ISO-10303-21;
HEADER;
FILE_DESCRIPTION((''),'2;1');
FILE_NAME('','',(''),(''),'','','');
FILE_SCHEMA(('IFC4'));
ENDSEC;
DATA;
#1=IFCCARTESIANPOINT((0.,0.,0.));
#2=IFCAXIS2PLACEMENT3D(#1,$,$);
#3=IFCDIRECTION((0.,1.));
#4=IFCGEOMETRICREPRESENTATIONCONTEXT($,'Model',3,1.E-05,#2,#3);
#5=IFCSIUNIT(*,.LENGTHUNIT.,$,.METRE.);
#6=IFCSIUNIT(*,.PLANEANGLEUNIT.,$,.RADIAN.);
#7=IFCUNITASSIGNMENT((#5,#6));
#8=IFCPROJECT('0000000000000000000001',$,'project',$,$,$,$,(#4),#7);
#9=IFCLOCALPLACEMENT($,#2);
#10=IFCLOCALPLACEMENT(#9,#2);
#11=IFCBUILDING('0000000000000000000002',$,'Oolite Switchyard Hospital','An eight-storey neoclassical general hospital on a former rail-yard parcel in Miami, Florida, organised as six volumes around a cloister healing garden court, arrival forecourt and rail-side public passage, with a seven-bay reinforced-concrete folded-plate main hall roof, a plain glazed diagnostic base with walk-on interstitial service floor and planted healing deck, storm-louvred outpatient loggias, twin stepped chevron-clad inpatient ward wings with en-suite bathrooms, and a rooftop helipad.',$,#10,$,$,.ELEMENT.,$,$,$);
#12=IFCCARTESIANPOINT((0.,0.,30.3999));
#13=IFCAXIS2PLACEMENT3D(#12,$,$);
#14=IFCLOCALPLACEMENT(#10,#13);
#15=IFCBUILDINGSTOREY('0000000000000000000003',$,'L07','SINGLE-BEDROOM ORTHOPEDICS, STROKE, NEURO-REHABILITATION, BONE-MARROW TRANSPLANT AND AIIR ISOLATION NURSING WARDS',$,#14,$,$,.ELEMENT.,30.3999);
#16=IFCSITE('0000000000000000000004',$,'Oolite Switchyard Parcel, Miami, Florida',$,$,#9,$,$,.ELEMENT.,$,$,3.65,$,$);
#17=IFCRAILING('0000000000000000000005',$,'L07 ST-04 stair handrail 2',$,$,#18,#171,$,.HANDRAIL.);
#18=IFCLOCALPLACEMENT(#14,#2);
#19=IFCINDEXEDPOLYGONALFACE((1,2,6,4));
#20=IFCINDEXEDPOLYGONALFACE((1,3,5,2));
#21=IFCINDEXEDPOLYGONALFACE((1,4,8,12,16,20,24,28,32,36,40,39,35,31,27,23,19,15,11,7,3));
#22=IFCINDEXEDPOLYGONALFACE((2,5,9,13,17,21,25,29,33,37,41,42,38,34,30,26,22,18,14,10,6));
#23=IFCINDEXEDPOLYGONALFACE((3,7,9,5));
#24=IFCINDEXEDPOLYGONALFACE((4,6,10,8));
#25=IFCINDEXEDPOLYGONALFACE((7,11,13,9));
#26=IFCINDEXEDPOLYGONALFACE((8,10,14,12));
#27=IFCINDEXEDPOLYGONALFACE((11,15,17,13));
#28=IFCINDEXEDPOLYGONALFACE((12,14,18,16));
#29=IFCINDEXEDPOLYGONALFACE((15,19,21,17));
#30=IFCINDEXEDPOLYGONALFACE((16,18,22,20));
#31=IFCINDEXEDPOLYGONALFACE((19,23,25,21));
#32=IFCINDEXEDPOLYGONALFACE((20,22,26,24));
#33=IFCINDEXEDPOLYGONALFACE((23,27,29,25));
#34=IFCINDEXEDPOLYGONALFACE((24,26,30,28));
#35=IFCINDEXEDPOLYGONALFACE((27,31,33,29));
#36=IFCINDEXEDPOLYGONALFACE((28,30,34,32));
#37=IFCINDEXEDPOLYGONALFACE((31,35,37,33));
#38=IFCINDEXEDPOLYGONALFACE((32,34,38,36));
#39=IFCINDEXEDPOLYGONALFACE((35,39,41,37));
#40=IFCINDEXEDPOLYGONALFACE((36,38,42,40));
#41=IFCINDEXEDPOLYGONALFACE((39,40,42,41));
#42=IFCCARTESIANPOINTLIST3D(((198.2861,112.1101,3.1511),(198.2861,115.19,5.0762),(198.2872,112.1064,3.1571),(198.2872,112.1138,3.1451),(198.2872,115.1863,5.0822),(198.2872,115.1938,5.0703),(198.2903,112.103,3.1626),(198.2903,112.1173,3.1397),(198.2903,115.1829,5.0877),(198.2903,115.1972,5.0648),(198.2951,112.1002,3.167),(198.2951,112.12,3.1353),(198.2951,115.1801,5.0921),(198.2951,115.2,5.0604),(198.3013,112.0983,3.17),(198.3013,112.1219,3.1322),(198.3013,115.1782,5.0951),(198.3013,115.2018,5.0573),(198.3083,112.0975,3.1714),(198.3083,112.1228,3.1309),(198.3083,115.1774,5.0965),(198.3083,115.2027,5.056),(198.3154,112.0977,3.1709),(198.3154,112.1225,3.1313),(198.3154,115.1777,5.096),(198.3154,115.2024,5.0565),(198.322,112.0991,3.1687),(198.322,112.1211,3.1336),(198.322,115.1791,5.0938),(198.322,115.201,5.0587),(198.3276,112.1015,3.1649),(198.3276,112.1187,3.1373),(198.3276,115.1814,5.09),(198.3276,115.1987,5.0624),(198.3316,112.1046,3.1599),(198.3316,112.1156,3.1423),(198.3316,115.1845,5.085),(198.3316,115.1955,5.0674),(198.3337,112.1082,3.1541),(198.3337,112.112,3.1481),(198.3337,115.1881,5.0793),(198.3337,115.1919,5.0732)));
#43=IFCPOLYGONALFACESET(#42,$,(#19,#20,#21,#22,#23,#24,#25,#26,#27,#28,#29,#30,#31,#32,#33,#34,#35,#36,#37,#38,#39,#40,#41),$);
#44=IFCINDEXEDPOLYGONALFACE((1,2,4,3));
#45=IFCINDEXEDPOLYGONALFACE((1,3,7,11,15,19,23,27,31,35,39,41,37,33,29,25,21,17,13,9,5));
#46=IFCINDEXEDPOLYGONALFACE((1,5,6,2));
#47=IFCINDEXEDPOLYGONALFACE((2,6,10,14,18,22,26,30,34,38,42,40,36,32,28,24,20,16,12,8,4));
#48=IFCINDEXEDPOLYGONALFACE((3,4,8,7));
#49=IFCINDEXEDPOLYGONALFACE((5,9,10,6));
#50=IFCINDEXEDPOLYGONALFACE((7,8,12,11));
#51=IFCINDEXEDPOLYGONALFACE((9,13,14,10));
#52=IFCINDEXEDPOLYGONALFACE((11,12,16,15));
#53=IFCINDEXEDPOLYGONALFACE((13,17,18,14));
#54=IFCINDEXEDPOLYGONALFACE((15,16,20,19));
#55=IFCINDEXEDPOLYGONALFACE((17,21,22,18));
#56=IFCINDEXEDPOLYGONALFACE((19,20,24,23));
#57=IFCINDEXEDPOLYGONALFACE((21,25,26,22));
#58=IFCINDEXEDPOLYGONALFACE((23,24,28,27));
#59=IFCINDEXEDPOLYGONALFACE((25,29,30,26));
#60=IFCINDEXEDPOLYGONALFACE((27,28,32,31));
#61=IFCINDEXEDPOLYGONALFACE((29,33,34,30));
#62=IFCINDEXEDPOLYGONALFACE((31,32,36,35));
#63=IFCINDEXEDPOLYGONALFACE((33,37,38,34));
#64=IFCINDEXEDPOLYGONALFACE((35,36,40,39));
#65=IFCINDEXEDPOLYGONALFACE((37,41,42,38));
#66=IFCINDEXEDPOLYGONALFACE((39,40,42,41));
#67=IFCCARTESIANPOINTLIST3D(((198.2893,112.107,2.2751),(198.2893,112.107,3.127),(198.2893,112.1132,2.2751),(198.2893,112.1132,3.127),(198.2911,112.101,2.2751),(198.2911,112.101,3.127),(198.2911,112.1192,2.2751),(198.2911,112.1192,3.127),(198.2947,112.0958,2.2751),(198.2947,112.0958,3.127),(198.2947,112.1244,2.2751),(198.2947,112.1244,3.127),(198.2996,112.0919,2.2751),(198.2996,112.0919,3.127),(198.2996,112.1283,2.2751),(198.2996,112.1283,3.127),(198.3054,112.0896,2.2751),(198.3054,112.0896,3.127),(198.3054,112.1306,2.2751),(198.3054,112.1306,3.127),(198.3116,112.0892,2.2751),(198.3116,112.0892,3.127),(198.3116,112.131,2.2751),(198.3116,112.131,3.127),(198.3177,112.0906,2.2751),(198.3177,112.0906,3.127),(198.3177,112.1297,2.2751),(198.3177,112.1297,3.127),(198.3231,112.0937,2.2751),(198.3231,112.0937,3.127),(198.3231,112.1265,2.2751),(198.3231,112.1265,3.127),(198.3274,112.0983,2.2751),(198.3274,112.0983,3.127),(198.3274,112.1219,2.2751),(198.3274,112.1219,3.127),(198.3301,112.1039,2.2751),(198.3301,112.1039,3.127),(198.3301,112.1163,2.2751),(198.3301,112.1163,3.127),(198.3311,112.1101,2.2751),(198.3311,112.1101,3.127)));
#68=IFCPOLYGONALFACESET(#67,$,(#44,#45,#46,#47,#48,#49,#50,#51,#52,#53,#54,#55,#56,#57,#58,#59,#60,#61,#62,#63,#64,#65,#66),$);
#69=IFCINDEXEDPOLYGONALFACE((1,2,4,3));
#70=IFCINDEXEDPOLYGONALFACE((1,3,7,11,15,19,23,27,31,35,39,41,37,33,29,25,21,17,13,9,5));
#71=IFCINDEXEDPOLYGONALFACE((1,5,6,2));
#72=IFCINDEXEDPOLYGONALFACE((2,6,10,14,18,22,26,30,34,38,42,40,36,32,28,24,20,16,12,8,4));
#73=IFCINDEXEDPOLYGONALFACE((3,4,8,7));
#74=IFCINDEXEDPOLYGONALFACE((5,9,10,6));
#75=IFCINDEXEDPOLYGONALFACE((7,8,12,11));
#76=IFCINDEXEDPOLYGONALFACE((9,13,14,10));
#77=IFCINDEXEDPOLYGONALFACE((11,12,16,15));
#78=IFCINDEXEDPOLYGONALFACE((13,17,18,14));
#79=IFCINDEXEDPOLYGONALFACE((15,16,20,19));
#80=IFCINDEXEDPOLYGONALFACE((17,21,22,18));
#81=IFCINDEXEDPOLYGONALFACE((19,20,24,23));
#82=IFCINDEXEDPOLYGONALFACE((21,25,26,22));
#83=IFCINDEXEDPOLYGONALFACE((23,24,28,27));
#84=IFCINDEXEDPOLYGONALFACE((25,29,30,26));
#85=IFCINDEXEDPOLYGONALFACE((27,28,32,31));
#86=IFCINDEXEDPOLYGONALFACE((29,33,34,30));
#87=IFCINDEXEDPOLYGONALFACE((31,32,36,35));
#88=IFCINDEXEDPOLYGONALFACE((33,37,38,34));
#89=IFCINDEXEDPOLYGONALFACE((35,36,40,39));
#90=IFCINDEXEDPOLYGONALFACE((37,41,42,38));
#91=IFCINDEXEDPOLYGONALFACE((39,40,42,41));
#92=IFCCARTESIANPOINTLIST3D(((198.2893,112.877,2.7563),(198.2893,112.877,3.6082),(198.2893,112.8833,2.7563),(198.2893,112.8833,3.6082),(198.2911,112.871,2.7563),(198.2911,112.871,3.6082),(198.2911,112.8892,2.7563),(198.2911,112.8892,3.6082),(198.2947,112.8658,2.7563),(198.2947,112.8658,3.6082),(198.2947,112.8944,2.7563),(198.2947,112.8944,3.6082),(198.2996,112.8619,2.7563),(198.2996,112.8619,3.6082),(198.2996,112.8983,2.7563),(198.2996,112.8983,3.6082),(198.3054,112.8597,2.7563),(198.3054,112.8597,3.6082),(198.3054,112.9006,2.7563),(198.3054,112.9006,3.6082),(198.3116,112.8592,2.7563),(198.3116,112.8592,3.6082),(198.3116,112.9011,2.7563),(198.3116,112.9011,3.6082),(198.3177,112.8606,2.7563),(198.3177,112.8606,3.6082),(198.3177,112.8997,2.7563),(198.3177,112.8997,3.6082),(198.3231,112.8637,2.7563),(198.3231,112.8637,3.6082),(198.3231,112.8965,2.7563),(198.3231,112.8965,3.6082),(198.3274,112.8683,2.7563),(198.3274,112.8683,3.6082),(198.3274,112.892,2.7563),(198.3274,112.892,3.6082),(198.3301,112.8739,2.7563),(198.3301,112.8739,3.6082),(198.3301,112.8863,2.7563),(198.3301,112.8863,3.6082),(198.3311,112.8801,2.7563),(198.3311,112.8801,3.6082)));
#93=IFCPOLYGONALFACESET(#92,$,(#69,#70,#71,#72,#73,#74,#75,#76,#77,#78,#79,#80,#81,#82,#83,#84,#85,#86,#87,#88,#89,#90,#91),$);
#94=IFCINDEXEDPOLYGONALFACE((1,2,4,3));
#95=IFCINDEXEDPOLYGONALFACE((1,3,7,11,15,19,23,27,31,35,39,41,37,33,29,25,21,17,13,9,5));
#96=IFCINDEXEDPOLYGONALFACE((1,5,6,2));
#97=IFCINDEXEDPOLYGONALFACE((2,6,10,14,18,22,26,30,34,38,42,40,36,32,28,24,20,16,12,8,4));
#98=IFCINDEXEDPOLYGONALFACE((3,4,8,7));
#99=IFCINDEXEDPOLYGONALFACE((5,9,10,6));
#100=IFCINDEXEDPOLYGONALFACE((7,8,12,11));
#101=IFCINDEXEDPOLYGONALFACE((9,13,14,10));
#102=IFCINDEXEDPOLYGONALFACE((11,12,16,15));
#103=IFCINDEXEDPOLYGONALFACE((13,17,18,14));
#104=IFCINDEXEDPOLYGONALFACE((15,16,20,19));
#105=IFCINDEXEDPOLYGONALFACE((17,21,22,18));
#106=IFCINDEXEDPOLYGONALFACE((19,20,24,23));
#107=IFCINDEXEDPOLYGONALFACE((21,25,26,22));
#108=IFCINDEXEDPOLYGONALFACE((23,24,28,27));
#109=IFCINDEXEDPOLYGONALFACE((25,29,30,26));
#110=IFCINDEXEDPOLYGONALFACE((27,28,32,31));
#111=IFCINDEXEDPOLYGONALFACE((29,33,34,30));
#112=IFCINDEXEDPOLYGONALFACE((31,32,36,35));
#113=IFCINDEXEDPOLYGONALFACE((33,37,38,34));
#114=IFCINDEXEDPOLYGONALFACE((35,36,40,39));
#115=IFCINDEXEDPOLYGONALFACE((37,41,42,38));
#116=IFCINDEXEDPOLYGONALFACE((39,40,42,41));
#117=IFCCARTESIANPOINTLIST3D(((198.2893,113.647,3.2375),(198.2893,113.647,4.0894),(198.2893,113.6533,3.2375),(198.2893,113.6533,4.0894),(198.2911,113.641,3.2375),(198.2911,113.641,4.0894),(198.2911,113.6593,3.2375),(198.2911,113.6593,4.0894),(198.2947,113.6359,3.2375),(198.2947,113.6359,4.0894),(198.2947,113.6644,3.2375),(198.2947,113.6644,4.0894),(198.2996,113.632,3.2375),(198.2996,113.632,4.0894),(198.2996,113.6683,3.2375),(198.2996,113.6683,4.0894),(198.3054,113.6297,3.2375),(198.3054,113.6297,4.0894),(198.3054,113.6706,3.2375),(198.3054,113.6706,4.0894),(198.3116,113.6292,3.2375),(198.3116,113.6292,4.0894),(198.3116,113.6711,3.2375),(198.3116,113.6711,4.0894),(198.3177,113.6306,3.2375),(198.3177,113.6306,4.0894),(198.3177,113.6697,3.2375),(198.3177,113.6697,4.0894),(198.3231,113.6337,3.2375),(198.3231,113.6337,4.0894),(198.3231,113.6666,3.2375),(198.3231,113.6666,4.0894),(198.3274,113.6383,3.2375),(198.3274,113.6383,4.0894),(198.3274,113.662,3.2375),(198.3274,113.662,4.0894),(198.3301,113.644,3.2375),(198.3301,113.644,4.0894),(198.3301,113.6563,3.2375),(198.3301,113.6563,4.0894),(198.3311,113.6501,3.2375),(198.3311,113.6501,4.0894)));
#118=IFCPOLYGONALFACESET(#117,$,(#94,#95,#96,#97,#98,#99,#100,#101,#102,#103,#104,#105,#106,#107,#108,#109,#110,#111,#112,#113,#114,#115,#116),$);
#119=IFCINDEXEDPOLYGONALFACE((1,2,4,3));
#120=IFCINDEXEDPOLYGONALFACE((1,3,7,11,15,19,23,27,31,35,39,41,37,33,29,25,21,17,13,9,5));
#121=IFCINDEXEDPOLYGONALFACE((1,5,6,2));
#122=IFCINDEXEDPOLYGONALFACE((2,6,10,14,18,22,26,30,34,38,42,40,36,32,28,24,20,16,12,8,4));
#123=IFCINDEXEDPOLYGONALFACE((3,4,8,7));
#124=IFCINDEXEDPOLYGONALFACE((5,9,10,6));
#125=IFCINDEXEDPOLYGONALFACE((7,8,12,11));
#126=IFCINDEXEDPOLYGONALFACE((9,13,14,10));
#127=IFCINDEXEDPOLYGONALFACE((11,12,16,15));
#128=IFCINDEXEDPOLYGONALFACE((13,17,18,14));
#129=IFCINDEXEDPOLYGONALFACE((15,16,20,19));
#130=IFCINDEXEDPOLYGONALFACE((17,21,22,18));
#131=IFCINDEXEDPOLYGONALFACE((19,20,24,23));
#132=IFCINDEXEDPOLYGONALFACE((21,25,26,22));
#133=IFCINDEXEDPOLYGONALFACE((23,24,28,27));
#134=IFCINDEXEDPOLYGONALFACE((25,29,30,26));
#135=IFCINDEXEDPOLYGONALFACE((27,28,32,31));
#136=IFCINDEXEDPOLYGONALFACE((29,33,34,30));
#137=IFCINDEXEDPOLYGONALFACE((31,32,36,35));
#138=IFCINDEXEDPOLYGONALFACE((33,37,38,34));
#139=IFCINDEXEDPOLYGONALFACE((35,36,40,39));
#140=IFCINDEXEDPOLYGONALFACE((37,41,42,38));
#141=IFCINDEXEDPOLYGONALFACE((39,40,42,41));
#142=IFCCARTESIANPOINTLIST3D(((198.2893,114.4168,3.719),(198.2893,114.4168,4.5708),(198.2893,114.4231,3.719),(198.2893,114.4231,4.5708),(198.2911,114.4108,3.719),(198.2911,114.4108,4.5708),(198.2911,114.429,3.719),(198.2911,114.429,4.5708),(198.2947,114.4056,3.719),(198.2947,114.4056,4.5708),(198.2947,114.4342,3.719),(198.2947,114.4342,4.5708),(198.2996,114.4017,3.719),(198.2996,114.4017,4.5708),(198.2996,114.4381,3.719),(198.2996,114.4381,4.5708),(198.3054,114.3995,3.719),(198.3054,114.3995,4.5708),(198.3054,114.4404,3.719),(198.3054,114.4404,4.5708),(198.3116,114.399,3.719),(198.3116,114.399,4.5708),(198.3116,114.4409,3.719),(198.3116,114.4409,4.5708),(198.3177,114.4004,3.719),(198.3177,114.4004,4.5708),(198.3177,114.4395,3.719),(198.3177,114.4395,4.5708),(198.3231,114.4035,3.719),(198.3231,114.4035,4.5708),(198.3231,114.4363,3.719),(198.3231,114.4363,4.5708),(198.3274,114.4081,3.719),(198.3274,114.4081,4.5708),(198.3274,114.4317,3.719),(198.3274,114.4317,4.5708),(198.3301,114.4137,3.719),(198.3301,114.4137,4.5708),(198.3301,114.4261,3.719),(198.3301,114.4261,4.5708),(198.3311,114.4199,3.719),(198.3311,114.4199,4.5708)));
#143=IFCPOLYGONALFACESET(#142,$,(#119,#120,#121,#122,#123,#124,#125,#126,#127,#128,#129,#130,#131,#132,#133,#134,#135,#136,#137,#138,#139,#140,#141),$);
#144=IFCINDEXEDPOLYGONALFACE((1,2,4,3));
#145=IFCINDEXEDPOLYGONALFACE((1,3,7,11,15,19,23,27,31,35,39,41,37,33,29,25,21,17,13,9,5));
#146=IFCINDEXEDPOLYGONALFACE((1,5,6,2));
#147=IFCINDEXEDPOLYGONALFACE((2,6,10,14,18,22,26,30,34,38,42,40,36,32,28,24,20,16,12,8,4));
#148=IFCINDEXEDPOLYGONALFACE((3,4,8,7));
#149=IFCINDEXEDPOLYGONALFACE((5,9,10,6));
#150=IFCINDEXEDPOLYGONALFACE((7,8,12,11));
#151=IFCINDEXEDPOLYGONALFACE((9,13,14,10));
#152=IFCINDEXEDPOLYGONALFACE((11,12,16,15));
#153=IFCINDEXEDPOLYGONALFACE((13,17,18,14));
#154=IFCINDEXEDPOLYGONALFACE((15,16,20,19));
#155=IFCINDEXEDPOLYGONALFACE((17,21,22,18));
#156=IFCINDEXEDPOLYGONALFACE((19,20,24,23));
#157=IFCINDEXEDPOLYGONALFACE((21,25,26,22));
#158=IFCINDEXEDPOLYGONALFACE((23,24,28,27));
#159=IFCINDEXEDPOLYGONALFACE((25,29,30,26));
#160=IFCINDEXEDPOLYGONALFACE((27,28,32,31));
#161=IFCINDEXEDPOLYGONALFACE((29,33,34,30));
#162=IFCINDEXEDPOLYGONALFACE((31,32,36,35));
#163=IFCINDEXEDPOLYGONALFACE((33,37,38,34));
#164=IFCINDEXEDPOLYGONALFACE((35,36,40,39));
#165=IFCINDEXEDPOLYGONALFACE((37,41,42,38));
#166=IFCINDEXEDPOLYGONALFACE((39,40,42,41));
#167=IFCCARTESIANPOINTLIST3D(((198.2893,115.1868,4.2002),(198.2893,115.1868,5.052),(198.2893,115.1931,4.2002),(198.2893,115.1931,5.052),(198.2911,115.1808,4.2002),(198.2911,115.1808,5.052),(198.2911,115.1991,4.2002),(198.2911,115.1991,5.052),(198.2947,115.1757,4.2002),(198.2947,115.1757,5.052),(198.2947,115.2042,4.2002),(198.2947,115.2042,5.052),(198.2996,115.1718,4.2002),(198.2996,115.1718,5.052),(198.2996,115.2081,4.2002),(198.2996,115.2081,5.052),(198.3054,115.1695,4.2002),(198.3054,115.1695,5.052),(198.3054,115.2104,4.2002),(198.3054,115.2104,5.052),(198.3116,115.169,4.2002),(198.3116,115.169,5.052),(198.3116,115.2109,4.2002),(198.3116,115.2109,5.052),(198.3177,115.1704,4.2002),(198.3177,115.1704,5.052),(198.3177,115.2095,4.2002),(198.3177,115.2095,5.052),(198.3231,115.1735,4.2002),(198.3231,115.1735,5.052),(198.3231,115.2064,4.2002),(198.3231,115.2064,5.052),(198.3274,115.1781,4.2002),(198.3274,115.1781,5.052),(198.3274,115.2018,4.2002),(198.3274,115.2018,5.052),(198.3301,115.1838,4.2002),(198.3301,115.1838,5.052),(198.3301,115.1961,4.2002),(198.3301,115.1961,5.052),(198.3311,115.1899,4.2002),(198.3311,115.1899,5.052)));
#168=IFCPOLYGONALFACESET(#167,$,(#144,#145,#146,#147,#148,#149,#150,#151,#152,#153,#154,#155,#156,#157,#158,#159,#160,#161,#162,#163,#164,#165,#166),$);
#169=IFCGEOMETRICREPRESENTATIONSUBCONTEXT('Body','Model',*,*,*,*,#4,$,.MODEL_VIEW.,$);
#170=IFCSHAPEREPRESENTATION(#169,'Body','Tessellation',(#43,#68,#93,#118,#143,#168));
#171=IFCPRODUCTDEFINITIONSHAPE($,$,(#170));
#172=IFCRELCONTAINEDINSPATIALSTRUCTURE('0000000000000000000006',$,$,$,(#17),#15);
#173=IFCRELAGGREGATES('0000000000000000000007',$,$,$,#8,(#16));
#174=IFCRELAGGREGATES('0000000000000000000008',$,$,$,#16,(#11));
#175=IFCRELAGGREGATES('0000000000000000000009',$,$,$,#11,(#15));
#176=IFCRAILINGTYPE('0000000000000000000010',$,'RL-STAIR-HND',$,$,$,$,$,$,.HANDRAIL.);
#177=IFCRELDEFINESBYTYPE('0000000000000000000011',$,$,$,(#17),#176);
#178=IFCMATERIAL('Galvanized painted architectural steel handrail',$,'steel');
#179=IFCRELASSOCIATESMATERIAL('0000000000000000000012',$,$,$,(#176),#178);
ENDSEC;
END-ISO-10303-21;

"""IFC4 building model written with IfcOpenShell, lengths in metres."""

from ifc_helpers import new_model, si_unit, direction, frame, origin, origin_2d, place, context, subcontext, project, spatial, circle, extrude, material, type_object, element, save


model = new_model("IFC4")

# Units and contexts
model_context = context("Model", 3, precision=1e-05, world=origin(), true_north=direction((0.0, 1.0)))
body_context = subcontext(model_context, "Body", "Model", "MODEL_VIEW")
ifc_project = project(units=[si_unit("LENGTHUNIT", "METRE"), si_unit("PLANEANGLEUNIT", "RADIAN")], contexts=[model_context])

# Site, building, storey
site_placement = place(None, origin())
site = spatial("IfcSite", under=ifc_project, at=site_placement, Name="Oolite Switchyard Parcel, Miami, Florida", CompositionType="ELEMENT", RefElevation=3.65)
building_placement = place(site_placement, origin())
building = spatial("IfcBuilding", under=site, at=building_placement, Name="Oolite Switchyard Hospital", Description="An eight-storey neoclassical general hospital on a former rail-yard parcel in Miami, Florida, organised as six volumes around a cloister healing garden court, arrival forecourt and rail-side public passage, with a seven-bay reinforced-concrete folded-plate main hall roof, a plain glazed diagnostic base with walk-on interstitial service floor and planted healing deck, storm-louvred outpatient loggias, twin stepped chevron-clad inpatient ward wings with en-suite bathrooms, and a rooftop helipad.", CompositionType="ELEMENT")
storey_placement = place(building_placement, frame((0.0, 0.0, 30.3999)))
storey = spatial("IfcBuildingStorey", under=building, at=storey_placement, Name="L07", Description="SINGLE-BEDROOM ORTHOPEDICS, STROKE, NEURO-REHABILITATION, BONE-MARROW TRANSPLANT AND AIIR ISOLATION NURSING WARDS", CompositionType="ELEMENT", Elevation=30.3999)

# Railing
ifc_material_1 = material(Name="Galvanized painted architectural steel handrail", Category="steel")
railing_type_1 = type_object("IfcRailingType", Name="RL-STAIR-HND", PredefinedType="HANDRAIL", material=ifc_material_1)
railing_1_placement = place(storey_placement, frame((198.3101, 112.1101, 2.2751)))
element("IfcRailing", 1, at=railing_1_placement, inside=storey, type_object=railing_type_1, Name="L07 ST-04 stair handrail 2", PredefinedType="HANDRAIL", context=body_context, shape_type="SweptSolid", body=[
    extrude(circle(Radius=0.0239, at=origin_2d()), frame((0.0, 0.0, 0.876), z_axis=(0.0, 0.847979, 0.530029), x_axis=(-1.0, 0.0, 0.0)), (0.0, 0.0, 1.0), 3.6321),
    extrude(circle(Radius=0.021, at=origin_2d()), origin(), (0.0, 0.0, 1.0), 0.8518),
    extrude(circle(Radius=0.021, at=origin_2d()), frame((0.0, 0.77, 0.4812)), (0.0, 0.0, 1.0), 0.8518),
    extrude(circle(Radius=0.021, at=origin_2d()), frame((0.0, 1.54, 0.9624)), (0.0, 0.0, 1.0), 0.8518),
    extrude(circle(Radius=0.021, at=origin_2d()), frame((0.0, 2.3098, 1.4438)), (0.0, 0.0, 1.0), 0.8518),
    extrude(circle(Radius=0.021, at=origin_2d()), frame((0.0, 3.0798, 1.925)), (0.0, 0.0, 1.0), 0.8518),
])

save(model, "model.ifc")
